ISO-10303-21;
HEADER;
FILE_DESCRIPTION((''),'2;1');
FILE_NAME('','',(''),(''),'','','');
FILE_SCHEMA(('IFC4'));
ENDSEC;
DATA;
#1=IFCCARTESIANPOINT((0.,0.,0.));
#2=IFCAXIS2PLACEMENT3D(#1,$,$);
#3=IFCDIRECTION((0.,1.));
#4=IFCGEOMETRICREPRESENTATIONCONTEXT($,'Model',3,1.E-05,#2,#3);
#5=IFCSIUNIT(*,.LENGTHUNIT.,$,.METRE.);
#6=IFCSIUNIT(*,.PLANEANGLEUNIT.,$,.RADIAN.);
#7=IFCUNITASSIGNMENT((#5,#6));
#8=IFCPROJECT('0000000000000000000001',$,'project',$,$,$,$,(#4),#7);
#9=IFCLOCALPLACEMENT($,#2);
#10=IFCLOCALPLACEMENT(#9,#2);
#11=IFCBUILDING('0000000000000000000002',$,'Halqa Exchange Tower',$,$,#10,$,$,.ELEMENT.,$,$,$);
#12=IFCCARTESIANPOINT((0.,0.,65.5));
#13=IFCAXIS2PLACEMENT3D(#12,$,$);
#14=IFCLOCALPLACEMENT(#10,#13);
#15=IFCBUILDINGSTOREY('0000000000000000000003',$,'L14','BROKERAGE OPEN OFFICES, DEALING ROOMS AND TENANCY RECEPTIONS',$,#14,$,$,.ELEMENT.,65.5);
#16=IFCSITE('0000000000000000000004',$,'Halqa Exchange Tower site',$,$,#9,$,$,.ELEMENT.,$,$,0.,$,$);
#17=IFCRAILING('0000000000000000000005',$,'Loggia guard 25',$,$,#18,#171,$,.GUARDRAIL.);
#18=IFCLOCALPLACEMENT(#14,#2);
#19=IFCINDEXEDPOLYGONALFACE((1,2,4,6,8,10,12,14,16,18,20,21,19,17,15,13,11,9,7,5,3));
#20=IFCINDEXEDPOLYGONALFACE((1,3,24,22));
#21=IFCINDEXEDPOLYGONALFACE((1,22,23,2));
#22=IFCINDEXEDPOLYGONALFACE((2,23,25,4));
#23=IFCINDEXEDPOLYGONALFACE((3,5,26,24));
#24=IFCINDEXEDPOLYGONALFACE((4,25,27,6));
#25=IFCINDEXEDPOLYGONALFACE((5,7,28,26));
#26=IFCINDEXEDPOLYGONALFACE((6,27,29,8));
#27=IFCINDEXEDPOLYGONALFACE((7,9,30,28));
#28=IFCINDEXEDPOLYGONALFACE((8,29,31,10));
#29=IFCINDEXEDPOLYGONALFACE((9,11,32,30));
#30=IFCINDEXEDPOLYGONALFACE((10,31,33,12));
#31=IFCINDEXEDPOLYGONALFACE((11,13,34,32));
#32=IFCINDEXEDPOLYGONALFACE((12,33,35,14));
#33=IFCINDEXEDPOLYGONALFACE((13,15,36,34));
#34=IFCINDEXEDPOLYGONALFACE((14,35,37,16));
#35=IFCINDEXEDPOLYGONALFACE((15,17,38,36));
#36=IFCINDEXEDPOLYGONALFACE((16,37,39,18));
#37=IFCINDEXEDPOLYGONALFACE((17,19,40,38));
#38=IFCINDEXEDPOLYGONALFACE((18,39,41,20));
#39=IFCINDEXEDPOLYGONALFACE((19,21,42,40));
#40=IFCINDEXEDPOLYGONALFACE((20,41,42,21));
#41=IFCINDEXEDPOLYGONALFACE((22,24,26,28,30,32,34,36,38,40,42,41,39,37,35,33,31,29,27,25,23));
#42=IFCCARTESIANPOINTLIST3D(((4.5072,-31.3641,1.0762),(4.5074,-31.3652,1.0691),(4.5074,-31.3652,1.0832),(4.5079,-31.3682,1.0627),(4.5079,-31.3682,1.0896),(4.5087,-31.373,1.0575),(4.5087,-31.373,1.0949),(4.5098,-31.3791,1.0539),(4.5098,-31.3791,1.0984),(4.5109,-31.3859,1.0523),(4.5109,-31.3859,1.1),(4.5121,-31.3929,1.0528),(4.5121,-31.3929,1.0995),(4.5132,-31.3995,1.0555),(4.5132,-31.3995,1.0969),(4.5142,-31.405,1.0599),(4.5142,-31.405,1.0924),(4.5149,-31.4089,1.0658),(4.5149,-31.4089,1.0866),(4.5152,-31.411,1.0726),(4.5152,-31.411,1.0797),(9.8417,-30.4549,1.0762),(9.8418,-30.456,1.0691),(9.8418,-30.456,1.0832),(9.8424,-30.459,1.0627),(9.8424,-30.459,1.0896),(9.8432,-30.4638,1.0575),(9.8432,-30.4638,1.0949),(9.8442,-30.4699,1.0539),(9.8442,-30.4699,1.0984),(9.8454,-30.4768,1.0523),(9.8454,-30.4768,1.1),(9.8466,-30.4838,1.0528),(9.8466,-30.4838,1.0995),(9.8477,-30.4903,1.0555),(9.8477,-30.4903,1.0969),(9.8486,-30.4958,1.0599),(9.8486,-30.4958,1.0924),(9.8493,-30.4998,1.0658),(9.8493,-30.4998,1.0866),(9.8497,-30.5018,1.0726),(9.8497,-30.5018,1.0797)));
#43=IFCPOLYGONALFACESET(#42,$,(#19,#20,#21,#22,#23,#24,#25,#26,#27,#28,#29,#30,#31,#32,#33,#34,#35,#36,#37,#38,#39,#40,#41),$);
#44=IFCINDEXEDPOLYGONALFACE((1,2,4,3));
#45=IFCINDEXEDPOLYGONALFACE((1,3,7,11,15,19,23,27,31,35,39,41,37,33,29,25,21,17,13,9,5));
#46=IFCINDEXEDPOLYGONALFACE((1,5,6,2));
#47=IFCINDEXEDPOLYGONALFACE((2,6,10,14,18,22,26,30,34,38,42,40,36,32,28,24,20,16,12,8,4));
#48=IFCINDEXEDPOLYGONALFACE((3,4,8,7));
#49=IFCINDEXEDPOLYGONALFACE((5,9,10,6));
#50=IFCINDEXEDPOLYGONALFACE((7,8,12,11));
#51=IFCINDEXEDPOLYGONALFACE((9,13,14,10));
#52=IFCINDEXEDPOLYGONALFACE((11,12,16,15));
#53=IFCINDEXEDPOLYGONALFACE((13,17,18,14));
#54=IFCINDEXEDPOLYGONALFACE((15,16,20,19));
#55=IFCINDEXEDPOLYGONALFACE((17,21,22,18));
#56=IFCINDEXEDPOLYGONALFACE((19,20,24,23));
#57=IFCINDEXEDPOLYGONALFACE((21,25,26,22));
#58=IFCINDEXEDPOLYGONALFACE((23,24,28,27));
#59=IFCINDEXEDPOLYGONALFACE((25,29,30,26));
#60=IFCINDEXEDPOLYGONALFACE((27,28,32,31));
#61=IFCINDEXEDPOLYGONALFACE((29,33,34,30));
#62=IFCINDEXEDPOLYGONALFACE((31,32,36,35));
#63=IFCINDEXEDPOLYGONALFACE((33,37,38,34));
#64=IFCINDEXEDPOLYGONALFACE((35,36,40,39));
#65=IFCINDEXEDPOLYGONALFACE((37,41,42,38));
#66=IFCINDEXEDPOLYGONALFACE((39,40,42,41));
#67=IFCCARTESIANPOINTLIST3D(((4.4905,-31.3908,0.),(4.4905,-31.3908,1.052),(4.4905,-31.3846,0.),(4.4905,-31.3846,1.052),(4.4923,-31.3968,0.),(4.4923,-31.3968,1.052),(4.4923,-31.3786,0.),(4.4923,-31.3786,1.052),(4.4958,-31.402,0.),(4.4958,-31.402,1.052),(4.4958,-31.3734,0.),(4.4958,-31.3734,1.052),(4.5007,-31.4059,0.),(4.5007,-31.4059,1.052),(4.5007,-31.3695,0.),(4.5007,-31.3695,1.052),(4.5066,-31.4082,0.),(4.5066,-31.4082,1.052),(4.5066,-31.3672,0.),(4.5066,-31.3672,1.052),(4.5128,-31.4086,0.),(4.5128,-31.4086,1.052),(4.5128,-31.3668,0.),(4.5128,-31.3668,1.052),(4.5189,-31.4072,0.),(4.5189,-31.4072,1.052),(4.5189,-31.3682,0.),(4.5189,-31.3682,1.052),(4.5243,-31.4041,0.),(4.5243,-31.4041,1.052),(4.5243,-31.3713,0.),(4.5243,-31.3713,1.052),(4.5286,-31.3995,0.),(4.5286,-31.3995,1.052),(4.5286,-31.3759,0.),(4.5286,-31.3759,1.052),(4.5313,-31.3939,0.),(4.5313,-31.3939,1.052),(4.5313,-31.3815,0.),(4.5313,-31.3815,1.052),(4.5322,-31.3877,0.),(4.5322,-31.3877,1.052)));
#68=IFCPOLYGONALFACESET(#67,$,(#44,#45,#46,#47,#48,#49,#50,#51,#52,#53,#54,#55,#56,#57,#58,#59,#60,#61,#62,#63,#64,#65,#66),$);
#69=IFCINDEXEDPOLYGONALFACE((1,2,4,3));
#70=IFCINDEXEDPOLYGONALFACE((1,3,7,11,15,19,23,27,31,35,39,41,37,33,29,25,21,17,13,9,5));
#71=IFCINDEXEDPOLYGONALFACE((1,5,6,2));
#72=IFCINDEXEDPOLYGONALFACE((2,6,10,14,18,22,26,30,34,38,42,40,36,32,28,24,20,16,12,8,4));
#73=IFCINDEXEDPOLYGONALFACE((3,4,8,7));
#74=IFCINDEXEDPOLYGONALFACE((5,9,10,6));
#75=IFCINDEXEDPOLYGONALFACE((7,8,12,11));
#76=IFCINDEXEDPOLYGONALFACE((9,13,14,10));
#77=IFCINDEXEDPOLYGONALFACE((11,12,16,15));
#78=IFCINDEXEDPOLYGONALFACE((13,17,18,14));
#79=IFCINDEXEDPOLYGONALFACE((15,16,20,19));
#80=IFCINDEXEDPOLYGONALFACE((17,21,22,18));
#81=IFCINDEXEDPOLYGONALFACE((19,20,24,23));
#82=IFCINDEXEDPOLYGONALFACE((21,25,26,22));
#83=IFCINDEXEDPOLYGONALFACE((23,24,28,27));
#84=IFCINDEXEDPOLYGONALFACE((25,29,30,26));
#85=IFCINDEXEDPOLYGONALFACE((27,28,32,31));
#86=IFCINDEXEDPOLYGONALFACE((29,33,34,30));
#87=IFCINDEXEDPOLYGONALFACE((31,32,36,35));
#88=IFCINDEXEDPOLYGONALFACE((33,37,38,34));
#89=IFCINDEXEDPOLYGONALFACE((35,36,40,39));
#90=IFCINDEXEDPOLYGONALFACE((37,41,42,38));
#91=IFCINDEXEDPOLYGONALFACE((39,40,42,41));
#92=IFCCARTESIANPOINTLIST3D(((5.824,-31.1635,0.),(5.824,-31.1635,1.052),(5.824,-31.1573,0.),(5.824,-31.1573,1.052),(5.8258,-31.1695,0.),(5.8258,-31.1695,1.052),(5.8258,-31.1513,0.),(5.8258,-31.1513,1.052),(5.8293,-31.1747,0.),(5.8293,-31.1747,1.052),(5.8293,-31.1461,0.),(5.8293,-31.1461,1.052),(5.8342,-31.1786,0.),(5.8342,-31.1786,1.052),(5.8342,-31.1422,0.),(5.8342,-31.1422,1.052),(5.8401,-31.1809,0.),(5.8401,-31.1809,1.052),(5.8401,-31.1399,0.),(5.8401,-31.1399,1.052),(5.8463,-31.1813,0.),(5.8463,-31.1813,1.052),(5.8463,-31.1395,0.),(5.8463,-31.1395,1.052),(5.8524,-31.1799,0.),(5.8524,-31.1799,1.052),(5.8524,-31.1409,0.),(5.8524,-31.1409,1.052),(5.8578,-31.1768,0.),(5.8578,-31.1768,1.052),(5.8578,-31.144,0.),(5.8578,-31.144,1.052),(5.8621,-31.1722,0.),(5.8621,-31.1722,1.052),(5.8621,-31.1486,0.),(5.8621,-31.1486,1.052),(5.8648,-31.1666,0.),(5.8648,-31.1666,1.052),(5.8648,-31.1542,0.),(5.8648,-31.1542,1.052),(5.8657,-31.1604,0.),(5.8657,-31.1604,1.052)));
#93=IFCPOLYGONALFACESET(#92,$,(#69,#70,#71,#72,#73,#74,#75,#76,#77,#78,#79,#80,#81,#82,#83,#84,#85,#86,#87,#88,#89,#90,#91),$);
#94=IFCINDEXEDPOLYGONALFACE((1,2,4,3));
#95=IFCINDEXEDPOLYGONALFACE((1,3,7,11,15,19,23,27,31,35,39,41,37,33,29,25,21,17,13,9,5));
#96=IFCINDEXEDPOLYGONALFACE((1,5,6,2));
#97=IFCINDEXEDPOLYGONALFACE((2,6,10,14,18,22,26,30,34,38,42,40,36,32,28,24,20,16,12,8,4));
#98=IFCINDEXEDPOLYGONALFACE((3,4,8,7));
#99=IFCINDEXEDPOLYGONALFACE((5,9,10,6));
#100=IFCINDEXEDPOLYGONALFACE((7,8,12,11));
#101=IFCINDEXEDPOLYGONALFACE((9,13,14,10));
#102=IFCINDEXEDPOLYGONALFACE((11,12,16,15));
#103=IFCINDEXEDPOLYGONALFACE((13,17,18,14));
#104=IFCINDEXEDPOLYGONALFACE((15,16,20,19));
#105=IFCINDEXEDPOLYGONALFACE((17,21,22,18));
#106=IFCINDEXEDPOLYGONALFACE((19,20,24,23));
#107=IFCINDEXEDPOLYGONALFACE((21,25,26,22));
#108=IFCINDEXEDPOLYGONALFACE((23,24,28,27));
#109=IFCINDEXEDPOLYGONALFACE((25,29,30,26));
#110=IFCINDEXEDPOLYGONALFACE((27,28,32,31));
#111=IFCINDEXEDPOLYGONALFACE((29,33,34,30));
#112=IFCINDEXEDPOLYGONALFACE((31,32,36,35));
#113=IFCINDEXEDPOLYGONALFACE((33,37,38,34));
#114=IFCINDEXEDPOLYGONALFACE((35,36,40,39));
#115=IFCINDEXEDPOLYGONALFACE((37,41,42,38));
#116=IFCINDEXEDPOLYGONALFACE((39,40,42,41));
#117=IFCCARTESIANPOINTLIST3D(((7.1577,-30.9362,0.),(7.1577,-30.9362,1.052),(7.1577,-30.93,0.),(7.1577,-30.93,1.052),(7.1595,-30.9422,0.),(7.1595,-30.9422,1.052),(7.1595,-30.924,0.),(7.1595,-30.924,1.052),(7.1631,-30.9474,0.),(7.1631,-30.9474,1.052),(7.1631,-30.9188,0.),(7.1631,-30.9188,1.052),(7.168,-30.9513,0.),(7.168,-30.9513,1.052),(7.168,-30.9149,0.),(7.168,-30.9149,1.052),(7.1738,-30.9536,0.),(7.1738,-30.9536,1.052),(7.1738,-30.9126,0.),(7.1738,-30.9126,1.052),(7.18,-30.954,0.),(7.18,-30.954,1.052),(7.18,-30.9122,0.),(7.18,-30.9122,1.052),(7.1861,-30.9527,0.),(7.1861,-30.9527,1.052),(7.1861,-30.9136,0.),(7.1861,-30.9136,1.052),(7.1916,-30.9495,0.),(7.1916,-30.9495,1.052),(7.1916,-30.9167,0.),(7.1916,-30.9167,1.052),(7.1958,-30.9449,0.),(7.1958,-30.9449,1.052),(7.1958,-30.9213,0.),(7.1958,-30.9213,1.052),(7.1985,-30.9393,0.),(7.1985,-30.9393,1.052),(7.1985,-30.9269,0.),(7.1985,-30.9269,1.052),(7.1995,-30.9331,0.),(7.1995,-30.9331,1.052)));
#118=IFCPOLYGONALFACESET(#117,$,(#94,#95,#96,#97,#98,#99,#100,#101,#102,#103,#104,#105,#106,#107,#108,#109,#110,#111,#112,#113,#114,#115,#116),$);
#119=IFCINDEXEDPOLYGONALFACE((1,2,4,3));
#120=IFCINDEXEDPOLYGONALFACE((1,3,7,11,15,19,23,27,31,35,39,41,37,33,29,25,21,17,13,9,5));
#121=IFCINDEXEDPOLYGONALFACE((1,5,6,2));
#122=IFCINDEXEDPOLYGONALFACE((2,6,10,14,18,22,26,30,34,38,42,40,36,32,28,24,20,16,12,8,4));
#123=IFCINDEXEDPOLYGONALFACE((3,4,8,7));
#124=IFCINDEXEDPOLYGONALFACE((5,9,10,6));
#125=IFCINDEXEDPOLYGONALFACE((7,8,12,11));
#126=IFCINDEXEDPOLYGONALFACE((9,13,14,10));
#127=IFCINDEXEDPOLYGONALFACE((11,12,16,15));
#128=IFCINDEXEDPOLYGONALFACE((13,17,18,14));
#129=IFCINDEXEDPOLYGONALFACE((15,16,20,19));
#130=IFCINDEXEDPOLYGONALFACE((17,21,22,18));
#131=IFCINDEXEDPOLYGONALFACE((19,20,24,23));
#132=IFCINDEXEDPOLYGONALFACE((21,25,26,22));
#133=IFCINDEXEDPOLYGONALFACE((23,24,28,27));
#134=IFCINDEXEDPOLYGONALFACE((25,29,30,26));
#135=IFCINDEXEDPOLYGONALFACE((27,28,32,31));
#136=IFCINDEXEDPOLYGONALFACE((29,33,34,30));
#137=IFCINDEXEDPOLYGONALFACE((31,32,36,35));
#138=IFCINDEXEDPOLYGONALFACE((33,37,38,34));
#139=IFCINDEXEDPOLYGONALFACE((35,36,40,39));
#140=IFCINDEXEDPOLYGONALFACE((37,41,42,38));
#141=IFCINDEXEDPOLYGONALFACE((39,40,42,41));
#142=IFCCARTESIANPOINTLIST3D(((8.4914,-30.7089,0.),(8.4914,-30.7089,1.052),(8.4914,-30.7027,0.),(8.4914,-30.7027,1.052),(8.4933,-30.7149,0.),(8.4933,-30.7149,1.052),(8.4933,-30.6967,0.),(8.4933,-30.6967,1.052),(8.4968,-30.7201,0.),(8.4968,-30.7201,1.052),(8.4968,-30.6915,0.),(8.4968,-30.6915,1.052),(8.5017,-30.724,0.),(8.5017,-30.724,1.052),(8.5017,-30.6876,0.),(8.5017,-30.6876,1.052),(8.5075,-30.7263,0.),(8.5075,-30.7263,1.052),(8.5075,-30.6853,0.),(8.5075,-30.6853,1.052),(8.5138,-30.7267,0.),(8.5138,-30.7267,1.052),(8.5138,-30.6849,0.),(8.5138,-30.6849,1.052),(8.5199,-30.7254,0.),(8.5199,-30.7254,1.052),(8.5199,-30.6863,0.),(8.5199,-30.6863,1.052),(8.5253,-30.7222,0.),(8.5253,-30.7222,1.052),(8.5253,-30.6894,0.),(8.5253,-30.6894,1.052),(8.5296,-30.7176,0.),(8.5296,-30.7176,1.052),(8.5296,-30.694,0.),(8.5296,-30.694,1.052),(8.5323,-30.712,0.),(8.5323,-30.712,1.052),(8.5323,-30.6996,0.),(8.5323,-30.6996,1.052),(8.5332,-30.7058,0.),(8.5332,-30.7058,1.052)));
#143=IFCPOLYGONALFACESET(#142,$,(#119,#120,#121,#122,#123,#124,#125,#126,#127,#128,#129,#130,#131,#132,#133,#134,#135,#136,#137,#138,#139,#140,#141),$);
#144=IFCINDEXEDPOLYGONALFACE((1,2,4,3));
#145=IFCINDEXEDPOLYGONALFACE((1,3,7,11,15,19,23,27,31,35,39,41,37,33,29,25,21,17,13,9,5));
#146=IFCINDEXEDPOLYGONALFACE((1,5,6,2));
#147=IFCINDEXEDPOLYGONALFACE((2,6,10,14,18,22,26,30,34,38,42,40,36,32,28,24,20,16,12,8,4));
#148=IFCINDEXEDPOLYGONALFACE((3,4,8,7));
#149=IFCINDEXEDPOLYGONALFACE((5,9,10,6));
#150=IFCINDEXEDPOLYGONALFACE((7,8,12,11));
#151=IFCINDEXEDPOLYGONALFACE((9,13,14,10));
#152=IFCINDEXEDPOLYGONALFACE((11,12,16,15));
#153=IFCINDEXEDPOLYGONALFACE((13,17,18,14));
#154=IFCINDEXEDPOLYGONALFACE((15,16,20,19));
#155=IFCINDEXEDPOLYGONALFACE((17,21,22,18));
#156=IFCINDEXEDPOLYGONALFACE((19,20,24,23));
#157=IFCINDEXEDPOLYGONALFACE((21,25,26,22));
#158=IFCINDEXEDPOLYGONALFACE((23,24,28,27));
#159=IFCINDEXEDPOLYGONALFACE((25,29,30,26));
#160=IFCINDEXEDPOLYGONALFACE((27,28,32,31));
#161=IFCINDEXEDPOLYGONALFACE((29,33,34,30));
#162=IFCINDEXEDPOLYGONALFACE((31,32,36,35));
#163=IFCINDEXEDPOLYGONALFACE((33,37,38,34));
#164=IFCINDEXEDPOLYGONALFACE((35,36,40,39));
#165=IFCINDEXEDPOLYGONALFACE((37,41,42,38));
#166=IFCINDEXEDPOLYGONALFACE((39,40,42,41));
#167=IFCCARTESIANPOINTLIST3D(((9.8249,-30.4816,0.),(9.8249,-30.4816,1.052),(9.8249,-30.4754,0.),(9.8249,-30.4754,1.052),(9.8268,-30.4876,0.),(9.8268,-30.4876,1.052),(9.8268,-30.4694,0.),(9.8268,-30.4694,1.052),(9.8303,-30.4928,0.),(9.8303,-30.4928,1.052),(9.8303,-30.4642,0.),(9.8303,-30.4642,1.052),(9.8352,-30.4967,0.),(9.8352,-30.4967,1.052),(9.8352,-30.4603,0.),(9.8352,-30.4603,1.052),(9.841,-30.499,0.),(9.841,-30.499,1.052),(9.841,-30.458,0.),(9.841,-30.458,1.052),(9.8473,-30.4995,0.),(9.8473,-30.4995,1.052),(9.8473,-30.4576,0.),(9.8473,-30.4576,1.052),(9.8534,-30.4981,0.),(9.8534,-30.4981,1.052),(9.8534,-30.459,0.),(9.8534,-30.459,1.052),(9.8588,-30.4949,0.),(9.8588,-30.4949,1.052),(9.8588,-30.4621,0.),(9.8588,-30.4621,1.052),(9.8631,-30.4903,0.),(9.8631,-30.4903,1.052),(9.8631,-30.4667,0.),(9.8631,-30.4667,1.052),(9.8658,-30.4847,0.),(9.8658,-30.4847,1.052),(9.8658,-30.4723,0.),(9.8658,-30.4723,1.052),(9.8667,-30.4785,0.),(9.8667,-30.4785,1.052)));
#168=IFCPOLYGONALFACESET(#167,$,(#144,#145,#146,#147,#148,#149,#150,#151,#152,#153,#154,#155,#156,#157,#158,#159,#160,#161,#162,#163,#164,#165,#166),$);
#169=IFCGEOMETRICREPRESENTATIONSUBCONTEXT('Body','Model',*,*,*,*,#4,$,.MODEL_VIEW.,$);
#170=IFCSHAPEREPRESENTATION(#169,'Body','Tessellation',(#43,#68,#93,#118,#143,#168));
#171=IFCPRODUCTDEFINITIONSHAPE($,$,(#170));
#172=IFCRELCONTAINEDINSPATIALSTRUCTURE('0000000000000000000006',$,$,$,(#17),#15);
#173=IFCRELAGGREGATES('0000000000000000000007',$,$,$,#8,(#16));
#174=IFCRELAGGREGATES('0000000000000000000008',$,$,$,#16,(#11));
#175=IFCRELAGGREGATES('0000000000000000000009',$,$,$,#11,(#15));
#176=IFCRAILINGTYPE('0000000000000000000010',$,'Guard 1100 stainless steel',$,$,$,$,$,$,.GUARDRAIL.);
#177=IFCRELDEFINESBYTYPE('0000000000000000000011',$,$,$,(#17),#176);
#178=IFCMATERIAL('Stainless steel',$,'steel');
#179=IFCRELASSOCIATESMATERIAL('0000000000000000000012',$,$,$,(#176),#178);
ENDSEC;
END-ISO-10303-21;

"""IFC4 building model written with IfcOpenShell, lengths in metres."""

from ifc_helpers import new_model, si_unit, direction, frame, origin, origin_2d, place, context, subcontext, project, spatial, circle, extrude, material, type_object, element, save


model = new_model("IFC4")

# Units and contexts
model_context = context("Model", 3, precision=1e-05, world=origin(), true_north=direction((0.0, 1.0)))
body_context = subcontext(model_context, "Body", "Model", "MODEL_VIEW")
ifc_project = project(units=[si_unit("LENGTHUNIT", "METRE"), si_unit("PLANEANGLEUNIT", "RADIAN")], contexts=[model_context])

# Site, building, storey
site_placement = place(None, origin())
site = spatial("IfcSite", under=ifc_project, at=site_placement, Name="Halqa Exchange Tower site", CompositionType="ELEMENT", RefElevation=0.0)
building_placement = place(site_placement, origin())
building = spatial("IfcBuilding", under=site, at=building_placement, Name="Halqa Exchange Tower", CompositionType="ELEMENT")
storey_placement = place(building_placement, frame((0.0, 0.0, 65.5)))
storey = spatial("IfcBuildingStorey", under=building, at=storey_placement, Name="L14", Description="BROKERAGE OPEN OFFICES, DEALING ROOMS AND TENANCY RECEPTIONS", CompositionType="ELEMENT", Elevation=65.5)

# Railing
ifc_material_1 = material(Name="Stainless steel", Category="steel")
railing_type_1 = type_object("IfcRailingType", Name="Guard 1100 stainless steel", PredefinedType="GUARDRAIL", material=ifc_material_1)
railing_1_placement = place(storey_placement, frame((4.5112, -31.3877, 0.0)))
element("IfcRailing", 1, at=railing_1_placement, inside=storey, type_object=railing_type_1, Name="Loggia guard 25", PredefinedType="GUARDRAIL", context=body_context, shape_type="SweptSolid", body=[
    extrude(circle(Radius=0.0239, at=origin_2d()), frame((0.0, 0.0, 1.0762), z_axis=(0.985785, 0.168012, 0.0), x_axis=(-0.168012, 0.985785, 0.0)), (0.0, 0.0, 1.0), 5.4114),
    extrude(circle(Radius=0.021, at=origin_2d()), origin(), (0.0, 0.0, 1.0), 1.052),
    extrude(circle(Radius=0.021, at=origin_2d()), frame((1.3335, 0.2273, 0.0)), (0.0, 0.0, 1.0), 1.052),
    extrude(circle(Radius=0.021, at=origin_2d()), frame((2.6672, 0.4546, 0.0)), (0.0, 0.0, 1.0), 1.052),
    extrude(circle(Radius=0.021, at=origin_2d()), frame((4.001, 0.6819, 0.0)), (0.0, 0.0, 1.0), 1.052),
    extrude(circle(Radius=0.021, at=origin_2d()), frame((5.3345, 0.9092, 0.0)), (0.0, 0.0, 1.0), 1.052),
])

save(model, "model.ifc")
